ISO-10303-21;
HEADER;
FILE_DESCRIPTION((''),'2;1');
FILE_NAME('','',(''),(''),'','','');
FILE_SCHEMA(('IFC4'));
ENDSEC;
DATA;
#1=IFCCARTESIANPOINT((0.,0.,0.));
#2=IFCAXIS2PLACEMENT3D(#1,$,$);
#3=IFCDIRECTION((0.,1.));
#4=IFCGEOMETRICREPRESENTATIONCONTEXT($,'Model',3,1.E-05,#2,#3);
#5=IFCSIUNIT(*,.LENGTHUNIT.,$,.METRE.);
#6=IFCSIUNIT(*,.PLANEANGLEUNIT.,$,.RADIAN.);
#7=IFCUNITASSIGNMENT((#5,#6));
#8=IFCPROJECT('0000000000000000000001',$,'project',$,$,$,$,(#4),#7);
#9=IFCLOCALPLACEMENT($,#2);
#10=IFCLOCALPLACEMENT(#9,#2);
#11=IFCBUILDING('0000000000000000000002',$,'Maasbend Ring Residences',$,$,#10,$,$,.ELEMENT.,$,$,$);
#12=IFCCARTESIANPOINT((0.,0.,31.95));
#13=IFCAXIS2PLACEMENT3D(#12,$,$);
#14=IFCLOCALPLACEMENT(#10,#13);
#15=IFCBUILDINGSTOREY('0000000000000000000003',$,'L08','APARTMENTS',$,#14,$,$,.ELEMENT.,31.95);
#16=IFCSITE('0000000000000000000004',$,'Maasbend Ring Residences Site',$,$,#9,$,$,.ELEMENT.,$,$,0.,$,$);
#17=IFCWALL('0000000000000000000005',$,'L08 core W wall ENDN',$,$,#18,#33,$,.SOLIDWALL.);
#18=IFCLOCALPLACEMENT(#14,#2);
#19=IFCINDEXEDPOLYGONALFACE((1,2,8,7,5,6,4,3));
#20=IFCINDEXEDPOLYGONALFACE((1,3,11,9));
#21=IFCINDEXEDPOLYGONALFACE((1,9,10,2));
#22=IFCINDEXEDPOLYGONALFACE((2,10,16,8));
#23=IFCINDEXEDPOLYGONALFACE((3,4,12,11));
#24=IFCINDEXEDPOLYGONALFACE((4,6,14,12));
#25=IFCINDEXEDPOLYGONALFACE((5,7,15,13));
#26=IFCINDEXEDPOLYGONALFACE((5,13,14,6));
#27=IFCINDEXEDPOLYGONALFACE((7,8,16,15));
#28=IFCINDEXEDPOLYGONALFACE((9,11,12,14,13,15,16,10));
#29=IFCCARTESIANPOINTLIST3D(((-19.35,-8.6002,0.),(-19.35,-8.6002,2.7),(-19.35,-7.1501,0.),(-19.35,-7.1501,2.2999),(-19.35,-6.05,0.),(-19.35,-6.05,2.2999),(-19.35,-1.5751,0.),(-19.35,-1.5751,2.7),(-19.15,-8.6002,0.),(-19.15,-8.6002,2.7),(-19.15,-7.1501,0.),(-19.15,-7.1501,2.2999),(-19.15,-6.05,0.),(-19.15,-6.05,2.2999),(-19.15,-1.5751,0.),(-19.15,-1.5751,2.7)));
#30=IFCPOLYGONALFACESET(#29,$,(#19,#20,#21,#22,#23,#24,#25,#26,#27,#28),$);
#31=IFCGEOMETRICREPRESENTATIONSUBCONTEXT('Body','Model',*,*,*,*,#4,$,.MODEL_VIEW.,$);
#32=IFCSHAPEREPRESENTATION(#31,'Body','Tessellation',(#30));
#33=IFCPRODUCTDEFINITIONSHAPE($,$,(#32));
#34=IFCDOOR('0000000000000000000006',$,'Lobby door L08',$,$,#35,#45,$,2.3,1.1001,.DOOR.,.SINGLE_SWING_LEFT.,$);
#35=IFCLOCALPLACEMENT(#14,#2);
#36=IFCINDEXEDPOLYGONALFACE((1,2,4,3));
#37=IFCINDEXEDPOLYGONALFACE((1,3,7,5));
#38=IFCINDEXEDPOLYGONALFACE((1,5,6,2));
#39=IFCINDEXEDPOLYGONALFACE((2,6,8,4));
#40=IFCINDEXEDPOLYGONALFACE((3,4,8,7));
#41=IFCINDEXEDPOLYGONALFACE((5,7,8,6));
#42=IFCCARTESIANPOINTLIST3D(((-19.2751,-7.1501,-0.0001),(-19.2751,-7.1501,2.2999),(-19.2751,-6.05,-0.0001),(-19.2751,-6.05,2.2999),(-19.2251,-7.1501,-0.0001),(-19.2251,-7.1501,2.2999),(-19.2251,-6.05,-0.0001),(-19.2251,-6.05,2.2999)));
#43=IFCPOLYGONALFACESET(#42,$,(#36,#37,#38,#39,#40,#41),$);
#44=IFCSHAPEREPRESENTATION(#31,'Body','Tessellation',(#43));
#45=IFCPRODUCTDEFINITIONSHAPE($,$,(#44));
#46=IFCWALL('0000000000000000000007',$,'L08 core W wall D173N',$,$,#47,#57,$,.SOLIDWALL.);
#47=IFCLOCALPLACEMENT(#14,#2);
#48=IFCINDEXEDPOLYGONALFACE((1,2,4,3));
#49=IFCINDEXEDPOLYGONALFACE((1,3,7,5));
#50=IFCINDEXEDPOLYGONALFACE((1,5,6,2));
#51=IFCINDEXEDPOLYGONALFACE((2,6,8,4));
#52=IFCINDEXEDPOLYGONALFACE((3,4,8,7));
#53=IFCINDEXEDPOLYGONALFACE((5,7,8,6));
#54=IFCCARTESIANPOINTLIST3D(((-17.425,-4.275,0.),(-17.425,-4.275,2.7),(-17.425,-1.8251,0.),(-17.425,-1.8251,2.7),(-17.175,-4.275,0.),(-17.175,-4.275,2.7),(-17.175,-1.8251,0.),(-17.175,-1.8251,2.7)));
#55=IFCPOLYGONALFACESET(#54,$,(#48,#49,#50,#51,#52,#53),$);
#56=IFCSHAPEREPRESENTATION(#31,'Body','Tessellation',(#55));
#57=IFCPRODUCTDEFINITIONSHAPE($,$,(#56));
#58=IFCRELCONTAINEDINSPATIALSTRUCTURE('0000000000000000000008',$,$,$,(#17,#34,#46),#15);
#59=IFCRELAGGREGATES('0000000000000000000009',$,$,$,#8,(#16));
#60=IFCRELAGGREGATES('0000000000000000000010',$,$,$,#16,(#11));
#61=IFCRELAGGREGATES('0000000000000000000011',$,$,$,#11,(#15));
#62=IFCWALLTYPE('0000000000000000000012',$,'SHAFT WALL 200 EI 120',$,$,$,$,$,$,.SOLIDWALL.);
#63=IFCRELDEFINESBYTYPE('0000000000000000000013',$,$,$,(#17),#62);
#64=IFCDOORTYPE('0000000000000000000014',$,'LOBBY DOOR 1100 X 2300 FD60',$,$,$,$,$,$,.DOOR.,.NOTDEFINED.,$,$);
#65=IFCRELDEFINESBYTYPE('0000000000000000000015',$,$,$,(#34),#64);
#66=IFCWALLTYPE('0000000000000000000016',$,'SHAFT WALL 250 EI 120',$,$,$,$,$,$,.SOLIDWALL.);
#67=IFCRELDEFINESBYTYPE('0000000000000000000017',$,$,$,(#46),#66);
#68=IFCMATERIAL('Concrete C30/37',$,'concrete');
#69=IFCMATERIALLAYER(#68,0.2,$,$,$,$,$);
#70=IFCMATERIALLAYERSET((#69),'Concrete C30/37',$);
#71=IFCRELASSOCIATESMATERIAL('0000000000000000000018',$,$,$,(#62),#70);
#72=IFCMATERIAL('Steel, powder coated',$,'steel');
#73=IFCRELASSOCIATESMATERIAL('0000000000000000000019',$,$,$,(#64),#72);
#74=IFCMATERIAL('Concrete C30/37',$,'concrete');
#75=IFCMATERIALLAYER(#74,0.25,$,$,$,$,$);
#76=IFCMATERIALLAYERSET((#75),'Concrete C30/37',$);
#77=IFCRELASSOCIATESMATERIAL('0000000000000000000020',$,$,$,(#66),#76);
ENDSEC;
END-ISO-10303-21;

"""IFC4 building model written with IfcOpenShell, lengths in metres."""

from ifc_helpers import new_model, si_unit, direction, frame, frame_2d, origin, place, context, subcontext, project, spatial, rectangle, extrude, material, layer, layer_set, type_object, element, fill, save


model = new_model("IFC4")

# Units and contexts
model_context = context("Model", 3, precision=1e-05, world=origin(), true_north=direction((0.0, 1.0)))
body_context = subcontext(model_context, "Body", "Model", "MODEL_VIEW")
ifc_project = project(units=[si_unit("LENGTHUNIT", "METRE"), si_unit("PLANEANGLEUNIT", "RADIAN")], contexts=[model_context])

# Site, building, storey
site_placement = place(None, origin())
site = spatial("IfcSite", under=ifc_project, at=site_placement, Name="Maasbend Ring Residences Site", CompositionType="ELEMENT", RefElevation=0.0)
building_placement = place(site_placement, origin())
building = spatial("IfcBuilding", under=site, at=building_placement, Name="Maasbend Ring Residences", CompositionType="ELEMENT")
storey_placement = place(building_placement, frame((0.0, 0.0, 31.95)))
storey = spatial("IfcBuildingStorey", under=building, at=storey_placement, Name="L08", Description="APARTMENTS", CompositionType="ELEMENT", Elevation=31.95)

# Wall, opening, door
ifc_material_1 = material(Name="Concrete C30/37", Category="concrete")
ifc_layer_1 = layer(ifc_material_1, 0.2)
ifc_layer_set_1 = layer_set([ifc_layer_1], Name="Concrete C30/37")
wall_type_1 = type_object("IfcWallType", Name="SHAFT WALL 200 EI 120", PredefinedType="SOLIDWALL", material=ifc_layer_set_1)
wall_1_placement = place(storey_placement, frame((-19.25, -1.575, 0.0), z_axis=(0.0, 0.0, 1.0), x_axis=(0.0, -1.0, 0.0)))
wall_1 = element("IfcWall", 1, at=wall_1_placement, inside=storey, type_object=wall_type_1, Name="L08 core W wall ENDN", PredefinedType="SOLIDWALL", context=body_context, shape_type="SweptSolid", body=[
    extrude(rectangle(XDim=7.0251, YDim=0.2, at=frame_2d((3.5127, 0.0))), origin(), (0.0, 0.0, 1.0), 2.7),
])
opening_1_placement = place(wall_1_placement, frame((4.4751, 0.0, 0.0)))
opening_1 = element("IfcOpeningElement", 2, at=opening_1_placement, cuts=wall_1, PredefinedType="OPENING", context=body_context, shape_type="SweptSolid", body=[
    extrude(rectangle(XDim=1.1001, YDim=2.3, at=frame_2d((0.55, 1.1499))), frame((0.0, 0.1099, 0.0), z_axis=(0.0, -1.0, 0.0), x_axis=(1.0, 0.0, 0.0)), (0.0, 0.0, 1.0), 0.22),
])
ifc_material_2 = material(Name="Steel, powder coated", Category="steel")
door_type_1 = type_object("IfcDoorType", Name="LOBBY DOOR 1100 X 2300 FD60", OperationType="NOTDEFINED", PredefinedType="DOOR", material=ifc_material_2)
door_1_placement = place(opening_1_placement, origin())
door_1 = element("IfcDoor", 3, at=door_1_placement, inside=storey, type_object=door_type_1, Name="Lobby door L08", OperationType="SINGLE_SWING_LEFT", OverallHeight=2.3, OverallWidth=1.1001, PredefinedType="DOOR", context=body_context, shape_type="SweptSolid", body=[
    extrude(rectangle(XDim=1.1001, YDim=2.3, at=frame_2d((0.55, 1.1499))), frame((0.0, 0.0249, 0.0), z_axis=(0.0, -1.0, 0.0), x_axis=(1.0, 0.0, 0.0)), (0.0, 0.0, 1.0), 0.05),
])
fill(opening_1, door_1)

# Wall
ifc_material_3 = material(Name="Concrete C30/37", Category="concrete")
ifc_layer_2 = layer(ifc_material_3, 0.25)
ifc_layer_set_2 = layer_set([ifc_layer_2], Name="Concrete C30/37")
wall_type_2 = type_object("IfcWallType", Name="SHAFT WALL 250 EI 120", PredefinedType="SOLIDWALL", material=ifc_layer_set_2)
wall_2_placement = place(storey_placement, frame((-17.3, -1.825, 0.0), z_axis=(0.0, 0.0, 1.0), x_axis=(0.0, -1.0, 0.0)))
element("IfcWall", 4, at=wall_2_placement, inside=storey, type_object=wall_type_2, Name="L08 core W wall D173N", PredefinedType="SOLIDWALL", context=body_context, shape_type="SweptSolid", body=[
    extrude(rectangle(XDim=2.45, YDim=0.25, at=frame_2d((1.2251, 0.0))), origin(), (0.0, 0.0, 1.0), 2.7),
])

save(model, "model.ifc")
